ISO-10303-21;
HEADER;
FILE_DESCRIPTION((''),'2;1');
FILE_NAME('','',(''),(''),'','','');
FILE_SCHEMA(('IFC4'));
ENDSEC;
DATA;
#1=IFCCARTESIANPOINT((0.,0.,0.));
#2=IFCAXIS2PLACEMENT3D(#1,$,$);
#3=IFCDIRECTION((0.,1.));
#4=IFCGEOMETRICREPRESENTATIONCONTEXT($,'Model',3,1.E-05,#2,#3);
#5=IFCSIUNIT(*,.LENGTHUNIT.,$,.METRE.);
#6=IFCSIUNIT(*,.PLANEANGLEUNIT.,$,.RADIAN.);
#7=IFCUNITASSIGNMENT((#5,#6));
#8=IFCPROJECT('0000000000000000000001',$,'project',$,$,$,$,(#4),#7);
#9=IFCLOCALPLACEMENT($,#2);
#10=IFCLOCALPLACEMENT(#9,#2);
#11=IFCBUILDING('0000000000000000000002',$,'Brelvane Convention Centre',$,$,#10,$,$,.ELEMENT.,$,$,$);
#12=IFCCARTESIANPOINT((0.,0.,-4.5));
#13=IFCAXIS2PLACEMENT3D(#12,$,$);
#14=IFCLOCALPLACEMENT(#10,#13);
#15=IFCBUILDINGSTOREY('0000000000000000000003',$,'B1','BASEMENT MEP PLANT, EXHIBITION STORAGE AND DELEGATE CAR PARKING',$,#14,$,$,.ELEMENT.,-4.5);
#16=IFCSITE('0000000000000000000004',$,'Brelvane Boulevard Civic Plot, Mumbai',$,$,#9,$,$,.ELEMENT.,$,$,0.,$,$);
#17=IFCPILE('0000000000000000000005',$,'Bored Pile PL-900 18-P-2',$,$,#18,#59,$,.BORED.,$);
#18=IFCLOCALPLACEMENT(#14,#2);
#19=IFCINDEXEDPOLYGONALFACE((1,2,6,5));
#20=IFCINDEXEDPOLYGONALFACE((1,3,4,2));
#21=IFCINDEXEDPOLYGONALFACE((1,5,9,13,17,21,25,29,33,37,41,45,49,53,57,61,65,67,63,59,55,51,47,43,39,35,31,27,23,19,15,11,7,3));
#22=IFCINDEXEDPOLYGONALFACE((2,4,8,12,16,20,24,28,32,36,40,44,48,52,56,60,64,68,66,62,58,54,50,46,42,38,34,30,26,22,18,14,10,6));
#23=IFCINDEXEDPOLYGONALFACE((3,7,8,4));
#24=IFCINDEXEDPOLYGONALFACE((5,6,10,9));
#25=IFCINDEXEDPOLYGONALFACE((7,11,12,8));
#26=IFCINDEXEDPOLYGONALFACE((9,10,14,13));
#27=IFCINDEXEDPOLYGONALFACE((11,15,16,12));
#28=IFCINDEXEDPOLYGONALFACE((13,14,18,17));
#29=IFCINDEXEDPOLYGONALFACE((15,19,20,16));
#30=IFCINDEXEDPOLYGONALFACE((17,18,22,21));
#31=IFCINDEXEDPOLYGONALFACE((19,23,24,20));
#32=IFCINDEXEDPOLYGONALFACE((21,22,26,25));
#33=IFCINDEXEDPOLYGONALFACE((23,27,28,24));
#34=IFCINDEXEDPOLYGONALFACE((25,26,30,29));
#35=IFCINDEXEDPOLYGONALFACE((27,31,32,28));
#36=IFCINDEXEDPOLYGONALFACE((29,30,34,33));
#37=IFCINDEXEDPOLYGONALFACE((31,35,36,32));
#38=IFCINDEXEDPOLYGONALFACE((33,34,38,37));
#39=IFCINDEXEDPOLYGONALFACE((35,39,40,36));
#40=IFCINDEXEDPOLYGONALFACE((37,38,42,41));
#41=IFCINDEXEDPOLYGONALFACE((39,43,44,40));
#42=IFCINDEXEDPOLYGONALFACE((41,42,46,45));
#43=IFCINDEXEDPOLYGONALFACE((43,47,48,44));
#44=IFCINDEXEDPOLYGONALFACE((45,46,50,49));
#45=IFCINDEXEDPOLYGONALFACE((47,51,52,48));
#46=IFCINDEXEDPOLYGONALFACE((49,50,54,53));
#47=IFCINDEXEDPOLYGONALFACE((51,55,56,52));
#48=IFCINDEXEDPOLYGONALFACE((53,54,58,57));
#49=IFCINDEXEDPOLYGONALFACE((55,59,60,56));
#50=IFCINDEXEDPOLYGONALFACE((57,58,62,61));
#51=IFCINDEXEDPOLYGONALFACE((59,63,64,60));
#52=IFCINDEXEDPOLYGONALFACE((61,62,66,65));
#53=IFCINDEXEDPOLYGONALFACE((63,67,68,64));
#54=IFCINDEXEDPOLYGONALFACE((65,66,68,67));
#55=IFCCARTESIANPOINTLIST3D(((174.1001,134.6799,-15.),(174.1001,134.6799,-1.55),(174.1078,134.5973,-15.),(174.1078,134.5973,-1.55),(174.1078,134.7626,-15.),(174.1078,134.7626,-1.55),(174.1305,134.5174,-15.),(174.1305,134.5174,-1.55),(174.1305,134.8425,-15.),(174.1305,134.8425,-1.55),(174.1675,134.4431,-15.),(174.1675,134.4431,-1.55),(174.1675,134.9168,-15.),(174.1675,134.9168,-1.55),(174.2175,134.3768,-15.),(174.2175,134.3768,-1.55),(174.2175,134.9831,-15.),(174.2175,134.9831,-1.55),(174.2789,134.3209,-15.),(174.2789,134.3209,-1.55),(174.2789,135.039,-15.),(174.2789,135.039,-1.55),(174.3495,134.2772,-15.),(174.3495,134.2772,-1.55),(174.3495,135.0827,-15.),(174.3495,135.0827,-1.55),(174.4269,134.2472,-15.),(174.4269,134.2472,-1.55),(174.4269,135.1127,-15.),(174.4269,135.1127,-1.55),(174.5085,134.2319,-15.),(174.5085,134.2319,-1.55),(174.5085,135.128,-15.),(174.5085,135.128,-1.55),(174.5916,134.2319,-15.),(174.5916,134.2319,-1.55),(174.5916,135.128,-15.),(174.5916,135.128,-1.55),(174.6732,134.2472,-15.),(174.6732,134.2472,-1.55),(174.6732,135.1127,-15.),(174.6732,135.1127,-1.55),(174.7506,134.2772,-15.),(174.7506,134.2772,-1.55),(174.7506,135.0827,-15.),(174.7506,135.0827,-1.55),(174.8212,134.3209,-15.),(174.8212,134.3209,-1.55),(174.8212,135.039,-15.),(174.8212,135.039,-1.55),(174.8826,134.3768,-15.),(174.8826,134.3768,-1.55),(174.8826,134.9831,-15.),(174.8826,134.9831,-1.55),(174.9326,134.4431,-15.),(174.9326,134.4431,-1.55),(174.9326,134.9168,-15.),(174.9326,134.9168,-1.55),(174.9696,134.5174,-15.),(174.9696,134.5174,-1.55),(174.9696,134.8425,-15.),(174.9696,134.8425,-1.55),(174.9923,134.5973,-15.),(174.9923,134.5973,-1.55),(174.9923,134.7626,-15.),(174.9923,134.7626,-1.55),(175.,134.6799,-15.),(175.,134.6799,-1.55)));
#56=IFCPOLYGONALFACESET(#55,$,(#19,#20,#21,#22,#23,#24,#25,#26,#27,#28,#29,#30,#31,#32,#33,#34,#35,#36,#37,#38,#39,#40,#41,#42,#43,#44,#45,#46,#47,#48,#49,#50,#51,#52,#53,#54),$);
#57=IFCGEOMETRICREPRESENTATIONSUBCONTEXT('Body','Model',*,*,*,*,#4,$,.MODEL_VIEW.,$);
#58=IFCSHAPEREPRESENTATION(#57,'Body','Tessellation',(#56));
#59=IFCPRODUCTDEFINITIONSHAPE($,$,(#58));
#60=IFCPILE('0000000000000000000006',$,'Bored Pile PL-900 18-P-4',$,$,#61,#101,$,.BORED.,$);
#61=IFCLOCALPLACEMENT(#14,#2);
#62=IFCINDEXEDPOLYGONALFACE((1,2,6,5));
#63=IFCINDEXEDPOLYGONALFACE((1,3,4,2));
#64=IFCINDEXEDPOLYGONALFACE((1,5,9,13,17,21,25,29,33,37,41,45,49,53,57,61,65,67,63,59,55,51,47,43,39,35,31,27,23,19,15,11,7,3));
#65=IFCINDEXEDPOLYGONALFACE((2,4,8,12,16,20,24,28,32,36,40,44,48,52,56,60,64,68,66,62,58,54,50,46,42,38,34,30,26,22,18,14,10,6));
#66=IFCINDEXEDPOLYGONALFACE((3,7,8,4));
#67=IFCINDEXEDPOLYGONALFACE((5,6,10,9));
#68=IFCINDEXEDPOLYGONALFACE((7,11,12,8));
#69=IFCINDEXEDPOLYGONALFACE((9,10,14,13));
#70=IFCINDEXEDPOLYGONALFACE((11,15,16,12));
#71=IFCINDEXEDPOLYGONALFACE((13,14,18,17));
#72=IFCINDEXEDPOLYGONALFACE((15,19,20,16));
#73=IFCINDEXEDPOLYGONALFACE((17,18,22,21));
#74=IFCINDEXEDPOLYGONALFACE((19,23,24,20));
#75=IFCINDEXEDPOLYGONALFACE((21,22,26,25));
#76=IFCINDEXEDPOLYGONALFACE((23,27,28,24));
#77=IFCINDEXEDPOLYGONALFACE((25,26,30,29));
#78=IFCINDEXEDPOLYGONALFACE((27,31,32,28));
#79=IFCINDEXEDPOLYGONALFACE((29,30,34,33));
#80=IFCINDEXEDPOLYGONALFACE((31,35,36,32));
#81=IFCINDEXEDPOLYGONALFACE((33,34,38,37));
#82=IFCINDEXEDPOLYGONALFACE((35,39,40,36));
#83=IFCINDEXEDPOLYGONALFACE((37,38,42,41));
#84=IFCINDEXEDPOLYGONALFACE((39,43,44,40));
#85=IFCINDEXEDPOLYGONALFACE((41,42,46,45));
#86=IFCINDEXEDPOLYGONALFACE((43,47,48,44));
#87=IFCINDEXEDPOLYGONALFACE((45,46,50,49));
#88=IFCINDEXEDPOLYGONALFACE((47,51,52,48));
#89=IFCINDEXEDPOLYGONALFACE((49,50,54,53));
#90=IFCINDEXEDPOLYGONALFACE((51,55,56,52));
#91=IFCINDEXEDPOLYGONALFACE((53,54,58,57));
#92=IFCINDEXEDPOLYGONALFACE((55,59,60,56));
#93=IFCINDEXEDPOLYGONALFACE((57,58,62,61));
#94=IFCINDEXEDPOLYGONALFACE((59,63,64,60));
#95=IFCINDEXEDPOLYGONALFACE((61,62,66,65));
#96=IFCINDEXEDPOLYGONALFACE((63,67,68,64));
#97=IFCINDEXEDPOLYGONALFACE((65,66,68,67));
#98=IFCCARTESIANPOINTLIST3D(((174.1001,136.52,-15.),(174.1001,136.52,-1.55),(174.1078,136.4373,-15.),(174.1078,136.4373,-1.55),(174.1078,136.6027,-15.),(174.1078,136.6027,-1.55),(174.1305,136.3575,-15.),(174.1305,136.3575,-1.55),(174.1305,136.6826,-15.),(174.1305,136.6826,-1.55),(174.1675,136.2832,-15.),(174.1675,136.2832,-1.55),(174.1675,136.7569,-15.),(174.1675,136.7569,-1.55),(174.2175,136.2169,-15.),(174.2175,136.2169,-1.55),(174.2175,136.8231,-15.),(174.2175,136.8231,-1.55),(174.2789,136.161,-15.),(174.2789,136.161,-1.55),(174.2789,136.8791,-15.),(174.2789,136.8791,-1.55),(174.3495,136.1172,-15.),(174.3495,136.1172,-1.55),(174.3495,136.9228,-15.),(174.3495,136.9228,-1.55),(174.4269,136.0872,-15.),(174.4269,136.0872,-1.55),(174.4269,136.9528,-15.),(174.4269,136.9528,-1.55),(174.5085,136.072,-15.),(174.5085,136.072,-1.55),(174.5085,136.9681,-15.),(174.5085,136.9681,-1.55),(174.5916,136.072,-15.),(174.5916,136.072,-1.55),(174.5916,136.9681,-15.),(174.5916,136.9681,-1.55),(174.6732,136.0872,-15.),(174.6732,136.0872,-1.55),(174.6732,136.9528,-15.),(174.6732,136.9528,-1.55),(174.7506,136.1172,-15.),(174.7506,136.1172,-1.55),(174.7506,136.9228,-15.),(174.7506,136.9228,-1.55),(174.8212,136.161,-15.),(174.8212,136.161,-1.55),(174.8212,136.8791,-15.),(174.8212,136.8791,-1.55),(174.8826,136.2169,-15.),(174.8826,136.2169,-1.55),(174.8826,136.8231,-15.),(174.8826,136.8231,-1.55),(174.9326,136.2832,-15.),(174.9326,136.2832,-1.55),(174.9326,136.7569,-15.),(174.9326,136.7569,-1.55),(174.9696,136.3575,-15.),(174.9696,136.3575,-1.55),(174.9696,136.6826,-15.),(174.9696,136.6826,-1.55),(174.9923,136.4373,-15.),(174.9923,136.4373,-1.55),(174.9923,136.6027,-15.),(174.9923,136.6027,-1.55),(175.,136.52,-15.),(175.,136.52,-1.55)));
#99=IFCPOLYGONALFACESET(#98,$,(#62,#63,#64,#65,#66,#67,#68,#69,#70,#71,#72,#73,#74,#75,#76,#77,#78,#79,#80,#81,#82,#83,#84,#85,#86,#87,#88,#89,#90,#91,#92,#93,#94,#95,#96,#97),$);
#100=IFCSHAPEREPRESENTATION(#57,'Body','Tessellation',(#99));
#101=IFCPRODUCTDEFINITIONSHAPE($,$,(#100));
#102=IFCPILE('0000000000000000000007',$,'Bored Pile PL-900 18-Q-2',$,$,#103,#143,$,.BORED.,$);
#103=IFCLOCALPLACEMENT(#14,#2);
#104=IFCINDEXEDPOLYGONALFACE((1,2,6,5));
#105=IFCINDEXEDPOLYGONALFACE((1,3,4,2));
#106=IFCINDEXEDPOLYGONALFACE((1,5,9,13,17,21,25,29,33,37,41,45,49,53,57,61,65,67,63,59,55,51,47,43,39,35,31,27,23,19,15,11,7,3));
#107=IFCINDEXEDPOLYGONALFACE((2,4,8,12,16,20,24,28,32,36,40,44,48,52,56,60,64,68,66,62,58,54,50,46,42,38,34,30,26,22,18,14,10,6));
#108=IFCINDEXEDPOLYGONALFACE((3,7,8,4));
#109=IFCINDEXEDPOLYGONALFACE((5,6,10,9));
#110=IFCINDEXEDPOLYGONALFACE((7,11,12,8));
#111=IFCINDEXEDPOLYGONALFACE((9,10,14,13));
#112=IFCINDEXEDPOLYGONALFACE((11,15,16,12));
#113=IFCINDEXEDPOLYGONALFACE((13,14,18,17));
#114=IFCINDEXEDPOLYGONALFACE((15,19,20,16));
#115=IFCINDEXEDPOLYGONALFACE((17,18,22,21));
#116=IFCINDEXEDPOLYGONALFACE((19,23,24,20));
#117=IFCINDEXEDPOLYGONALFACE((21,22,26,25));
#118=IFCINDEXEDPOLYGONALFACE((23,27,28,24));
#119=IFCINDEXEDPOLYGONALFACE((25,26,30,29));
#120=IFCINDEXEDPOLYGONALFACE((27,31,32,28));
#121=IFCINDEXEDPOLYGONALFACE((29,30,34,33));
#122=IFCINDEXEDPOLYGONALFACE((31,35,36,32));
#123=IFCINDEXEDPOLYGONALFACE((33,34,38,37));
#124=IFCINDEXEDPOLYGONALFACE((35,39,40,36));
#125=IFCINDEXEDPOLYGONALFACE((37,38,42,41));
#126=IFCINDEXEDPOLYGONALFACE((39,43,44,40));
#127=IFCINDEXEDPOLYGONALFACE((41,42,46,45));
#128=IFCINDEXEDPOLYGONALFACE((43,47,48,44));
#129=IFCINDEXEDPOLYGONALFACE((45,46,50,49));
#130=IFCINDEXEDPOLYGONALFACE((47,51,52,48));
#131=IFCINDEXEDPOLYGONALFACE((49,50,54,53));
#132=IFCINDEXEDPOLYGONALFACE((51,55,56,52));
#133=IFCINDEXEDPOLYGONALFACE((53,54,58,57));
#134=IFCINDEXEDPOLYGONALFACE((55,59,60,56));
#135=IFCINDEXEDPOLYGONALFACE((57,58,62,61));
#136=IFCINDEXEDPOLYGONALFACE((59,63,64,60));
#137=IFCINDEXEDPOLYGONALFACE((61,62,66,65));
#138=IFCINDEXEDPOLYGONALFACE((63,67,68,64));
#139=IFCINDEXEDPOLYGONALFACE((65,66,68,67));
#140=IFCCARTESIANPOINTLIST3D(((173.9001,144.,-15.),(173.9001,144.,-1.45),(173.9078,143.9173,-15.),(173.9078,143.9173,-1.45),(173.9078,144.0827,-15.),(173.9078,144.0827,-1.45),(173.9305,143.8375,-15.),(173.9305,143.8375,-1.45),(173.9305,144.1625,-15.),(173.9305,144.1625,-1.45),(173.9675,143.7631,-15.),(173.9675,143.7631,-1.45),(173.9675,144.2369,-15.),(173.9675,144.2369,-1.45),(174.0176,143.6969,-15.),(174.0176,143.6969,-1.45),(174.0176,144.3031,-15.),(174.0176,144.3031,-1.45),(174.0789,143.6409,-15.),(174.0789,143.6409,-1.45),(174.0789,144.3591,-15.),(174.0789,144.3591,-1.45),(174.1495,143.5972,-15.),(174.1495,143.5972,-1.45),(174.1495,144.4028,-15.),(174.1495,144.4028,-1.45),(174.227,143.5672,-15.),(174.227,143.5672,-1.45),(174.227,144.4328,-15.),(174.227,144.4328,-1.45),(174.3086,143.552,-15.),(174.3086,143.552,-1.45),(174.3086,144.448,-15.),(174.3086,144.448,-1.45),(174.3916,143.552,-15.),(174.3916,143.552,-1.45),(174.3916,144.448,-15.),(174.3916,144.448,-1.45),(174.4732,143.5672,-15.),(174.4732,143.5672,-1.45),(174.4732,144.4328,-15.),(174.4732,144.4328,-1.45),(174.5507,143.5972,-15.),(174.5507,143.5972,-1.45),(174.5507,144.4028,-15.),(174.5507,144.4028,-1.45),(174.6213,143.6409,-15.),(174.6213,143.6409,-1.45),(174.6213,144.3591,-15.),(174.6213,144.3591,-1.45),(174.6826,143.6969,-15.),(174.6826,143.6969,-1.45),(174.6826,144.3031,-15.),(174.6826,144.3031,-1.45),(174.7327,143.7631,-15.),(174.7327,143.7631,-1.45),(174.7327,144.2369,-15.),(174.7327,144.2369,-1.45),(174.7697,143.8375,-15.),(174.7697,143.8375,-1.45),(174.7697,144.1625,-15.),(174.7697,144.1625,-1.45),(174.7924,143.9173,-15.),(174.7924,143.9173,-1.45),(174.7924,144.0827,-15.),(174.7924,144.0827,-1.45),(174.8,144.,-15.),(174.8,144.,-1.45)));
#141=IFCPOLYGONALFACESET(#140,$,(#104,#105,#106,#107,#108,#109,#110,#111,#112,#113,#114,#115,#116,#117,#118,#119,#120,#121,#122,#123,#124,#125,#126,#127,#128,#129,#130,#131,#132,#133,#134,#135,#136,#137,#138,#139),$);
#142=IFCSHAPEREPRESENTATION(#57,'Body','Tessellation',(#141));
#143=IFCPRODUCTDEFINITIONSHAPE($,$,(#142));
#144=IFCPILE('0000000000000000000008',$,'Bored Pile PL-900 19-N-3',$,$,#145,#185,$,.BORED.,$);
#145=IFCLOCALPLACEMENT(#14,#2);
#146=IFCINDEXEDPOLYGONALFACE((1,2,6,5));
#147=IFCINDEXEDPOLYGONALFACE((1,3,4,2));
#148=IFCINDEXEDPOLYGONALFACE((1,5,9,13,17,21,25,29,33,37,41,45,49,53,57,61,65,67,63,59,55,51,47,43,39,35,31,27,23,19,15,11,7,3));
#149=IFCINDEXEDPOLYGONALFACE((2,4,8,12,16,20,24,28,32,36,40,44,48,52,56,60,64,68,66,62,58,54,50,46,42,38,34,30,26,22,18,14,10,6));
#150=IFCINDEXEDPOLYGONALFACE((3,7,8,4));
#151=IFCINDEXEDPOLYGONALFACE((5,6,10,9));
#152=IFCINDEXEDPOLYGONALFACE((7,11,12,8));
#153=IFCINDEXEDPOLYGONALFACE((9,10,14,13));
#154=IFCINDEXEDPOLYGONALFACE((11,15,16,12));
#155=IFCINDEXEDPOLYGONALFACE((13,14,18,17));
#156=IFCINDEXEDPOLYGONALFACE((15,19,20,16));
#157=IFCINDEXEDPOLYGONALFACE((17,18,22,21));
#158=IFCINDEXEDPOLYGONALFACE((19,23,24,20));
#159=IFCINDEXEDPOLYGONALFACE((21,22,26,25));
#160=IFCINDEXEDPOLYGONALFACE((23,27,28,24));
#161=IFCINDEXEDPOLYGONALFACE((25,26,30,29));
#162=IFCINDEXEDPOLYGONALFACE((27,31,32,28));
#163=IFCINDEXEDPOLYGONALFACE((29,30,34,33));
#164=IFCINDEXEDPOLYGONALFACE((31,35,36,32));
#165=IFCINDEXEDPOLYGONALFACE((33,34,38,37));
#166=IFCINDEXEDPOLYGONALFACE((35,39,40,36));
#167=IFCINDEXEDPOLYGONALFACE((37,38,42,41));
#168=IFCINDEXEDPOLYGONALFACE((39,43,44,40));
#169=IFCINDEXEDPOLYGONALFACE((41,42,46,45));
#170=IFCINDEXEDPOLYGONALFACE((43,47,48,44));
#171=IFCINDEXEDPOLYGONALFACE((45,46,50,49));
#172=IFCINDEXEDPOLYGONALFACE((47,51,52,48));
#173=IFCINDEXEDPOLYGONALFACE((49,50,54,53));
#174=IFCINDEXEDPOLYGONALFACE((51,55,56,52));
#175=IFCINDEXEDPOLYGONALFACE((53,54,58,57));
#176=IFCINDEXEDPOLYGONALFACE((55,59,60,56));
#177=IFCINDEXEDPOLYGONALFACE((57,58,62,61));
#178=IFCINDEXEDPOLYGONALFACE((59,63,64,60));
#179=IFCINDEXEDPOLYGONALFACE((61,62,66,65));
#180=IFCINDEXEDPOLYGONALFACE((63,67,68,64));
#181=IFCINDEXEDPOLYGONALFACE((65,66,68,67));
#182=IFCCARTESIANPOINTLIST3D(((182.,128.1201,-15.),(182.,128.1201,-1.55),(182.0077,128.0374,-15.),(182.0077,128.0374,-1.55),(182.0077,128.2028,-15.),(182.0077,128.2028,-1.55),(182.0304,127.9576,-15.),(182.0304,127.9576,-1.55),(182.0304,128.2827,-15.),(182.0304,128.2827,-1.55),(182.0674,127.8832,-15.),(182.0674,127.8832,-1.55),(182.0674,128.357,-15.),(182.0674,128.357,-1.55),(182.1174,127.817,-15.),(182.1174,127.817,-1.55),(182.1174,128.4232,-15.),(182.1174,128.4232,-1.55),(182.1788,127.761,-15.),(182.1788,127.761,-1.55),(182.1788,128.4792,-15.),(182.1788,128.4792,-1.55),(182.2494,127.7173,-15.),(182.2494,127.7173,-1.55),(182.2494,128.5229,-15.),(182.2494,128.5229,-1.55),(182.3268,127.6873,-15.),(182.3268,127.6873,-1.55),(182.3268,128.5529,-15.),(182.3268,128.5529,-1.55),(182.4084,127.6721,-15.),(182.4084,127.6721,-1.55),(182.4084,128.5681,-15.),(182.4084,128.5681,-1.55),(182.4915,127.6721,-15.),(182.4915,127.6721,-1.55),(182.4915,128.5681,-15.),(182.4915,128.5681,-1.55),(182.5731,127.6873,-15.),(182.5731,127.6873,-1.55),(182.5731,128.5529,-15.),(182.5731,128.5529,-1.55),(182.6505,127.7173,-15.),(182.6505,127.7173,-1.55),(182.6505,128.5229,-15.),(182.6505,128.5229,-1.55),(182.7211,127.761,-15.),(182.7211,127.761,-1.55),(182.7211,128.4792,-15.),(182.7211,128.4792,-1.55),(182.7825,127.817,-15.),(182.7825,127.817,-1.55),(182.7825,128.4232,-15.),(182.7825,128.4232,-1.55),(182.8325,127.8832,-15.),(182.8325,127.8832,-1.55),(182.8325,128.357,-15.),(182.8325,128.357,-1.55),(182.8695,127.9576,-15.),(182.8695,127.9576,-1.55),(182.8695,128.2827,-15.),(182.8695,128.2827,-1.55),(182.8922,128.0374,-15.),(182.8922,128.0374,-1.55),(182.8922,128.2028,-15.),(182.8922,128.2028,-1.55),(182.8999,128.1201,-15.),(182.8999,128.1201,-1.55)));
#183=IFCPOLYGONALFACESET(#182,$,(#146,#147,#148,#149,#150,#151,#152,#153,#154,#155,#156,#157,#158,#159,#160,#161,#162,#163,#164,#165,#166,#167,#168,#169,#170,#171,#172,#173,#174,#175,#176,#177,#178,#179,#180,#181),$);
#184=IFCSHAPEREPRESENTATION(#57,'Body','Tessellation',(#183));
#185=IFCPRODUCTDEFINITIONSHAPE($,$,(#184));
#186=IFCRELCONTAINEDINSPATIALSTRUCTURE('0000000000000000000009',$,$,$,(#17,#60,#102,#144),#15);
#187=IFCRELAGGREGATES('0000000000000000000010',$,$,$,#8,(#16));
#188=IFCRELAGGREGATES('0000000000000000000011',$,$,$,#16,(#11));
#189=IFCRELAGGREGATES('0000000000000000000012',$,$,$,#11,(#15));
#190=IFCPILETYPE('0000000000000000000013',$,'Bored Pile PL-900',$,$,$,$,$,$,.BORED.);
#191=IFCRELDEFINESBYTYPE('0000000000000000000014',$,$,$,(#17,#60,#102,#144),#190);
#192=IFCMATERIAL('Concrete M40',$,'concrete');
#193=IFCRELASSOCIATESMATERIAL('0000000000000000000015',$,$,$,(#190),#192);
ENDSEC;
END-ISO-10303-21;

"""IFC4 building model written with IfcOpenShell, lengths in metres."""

from ifc_helpers import new_model, si_unit, direction, frame, origin, origin_2d, place, context, subcontext, project, spatial, circle, extrude, material, material_profile, profile_set, type_object, element, save


model = new_model("IFC4")

# Units and contexts
model_context = context("Model", 3, precision=1e-05, world=origin(), true_north=direction((0.0, 1.0)))
body_context = subcontext(model_context, "Body", "Model", "MODEL_VIEW")
ifc_project = project(units=[si_unit("LENGTHUNIT", "METRE"), si_unit("PLANEANGLEUNIT", "RADIAN")], contexts=[model_context])

# Site, building, storey
site_placement = place(None, origin())
site = spatial("IfcSite", under=ifc_project, at=site_placement, Name="Brelvane Boulevard Civic Plot, Mumbai", CompositionType="ELEMENT", RefElevation=0.0)
building_placement = place(site_placement, origin())
building = spatial("IfcBuilding", under=site, at=building_placement, Name="Brelvane Convention Centre", CompositionType="ELEMENT")
storey_placement = place(building_placement, frame((0.0, 0.0, -4.5)))
storey = spatial("IfcBuildingStorey", under=building, at=storey_placement, Name="B1", Description="BASEMENT MEP PLANT, EXHIBITION STORAGE AND DELEGATE CAR PARKING", CompositionType="ELEMENT", Elevation=-4.5)

# Piles
ifc_material_1 = material(Name="Concrete M40", Category="concrete")
ifc_material_profile_1 = material_profile(ifc_material_1, circle(Radius=0.45, at=origin_2d()), Name="PILE D900")
ifc_profile_set_1 = profile_set([ifc_material_profile_1], Name="Concrete M40")
pile_type = type_object("IfcPileType", Name="Bored Pile PL-900", PredefinedType="BORED", material=ifc_profile_set_1)
for number, where, z_axis, x_axis, name in (
    (1, (174.55, 134.6799, -1.55), (0.0, 0.0, -1.0), (1.0, 0.0, 0.0), "Bored Pile PL-900 18-P-2"),
    (2, (174.55, 136.52, -1.55), (0.0, 0.0, -1.0), (1.0, 0.0, 0.0), "Bored Pile PL-900 18-P-4"),
):
    element("IfcPile", number, at=place(storey_placement, frame(where, z_axis=z_axis, x_axis=x_axis)), inside=storey, type_object=pile_type, Name=name, PredefinedType="BORED", context=body_context, shape_type="SweptSolid", body=[
        extrude(circle(Radius=0.45, at=origin_2d()), origin(), (0.0, 0.0, 1.0), 13.45),
    ])
pile_placement = place(storey_placement, frame((174.3501, 144.0, -1.45), z_axis=(0.0, 0.0, -1.0), x_axis=(1.0, 0.0, 0.0)))
element("IfcPile", 3, at=pile_placement, inside=storey, type_object=pile_type, Name="Bored Pile PL-900 18-Q-2", PredefinedType="BORED", context=body_context, shape_type="SweptSolid", body=[
    extrude(circle(Radius=0.45, at=origin_2d()), origin(), (0.0, 0.0, 1.0), 13.55),
])
for number, where, z_axis, x_axis, name in (
    (4, (182.45, 128.1201, -1.55), (0.0, 0.0, -1.0), (1.0, 0.0, 0.0), "Bored Pile PL-900 19-N-3"),
):
    element("IfcPile", number, at=place(storey_placement, frame(where, z_axis=z_axis, x_axis=x_axis)), inside=storey, type_object=pile_type, Name=name, PredefinedType="BORED", context=body_context, shape_type="SweptSolid", body=[
        extrude(circle(Radius=0.45, at=origin_2d()), origin(), (0.0, 0.0, 1.0), 13.45),
    ])

save(model, "model.ifc")
